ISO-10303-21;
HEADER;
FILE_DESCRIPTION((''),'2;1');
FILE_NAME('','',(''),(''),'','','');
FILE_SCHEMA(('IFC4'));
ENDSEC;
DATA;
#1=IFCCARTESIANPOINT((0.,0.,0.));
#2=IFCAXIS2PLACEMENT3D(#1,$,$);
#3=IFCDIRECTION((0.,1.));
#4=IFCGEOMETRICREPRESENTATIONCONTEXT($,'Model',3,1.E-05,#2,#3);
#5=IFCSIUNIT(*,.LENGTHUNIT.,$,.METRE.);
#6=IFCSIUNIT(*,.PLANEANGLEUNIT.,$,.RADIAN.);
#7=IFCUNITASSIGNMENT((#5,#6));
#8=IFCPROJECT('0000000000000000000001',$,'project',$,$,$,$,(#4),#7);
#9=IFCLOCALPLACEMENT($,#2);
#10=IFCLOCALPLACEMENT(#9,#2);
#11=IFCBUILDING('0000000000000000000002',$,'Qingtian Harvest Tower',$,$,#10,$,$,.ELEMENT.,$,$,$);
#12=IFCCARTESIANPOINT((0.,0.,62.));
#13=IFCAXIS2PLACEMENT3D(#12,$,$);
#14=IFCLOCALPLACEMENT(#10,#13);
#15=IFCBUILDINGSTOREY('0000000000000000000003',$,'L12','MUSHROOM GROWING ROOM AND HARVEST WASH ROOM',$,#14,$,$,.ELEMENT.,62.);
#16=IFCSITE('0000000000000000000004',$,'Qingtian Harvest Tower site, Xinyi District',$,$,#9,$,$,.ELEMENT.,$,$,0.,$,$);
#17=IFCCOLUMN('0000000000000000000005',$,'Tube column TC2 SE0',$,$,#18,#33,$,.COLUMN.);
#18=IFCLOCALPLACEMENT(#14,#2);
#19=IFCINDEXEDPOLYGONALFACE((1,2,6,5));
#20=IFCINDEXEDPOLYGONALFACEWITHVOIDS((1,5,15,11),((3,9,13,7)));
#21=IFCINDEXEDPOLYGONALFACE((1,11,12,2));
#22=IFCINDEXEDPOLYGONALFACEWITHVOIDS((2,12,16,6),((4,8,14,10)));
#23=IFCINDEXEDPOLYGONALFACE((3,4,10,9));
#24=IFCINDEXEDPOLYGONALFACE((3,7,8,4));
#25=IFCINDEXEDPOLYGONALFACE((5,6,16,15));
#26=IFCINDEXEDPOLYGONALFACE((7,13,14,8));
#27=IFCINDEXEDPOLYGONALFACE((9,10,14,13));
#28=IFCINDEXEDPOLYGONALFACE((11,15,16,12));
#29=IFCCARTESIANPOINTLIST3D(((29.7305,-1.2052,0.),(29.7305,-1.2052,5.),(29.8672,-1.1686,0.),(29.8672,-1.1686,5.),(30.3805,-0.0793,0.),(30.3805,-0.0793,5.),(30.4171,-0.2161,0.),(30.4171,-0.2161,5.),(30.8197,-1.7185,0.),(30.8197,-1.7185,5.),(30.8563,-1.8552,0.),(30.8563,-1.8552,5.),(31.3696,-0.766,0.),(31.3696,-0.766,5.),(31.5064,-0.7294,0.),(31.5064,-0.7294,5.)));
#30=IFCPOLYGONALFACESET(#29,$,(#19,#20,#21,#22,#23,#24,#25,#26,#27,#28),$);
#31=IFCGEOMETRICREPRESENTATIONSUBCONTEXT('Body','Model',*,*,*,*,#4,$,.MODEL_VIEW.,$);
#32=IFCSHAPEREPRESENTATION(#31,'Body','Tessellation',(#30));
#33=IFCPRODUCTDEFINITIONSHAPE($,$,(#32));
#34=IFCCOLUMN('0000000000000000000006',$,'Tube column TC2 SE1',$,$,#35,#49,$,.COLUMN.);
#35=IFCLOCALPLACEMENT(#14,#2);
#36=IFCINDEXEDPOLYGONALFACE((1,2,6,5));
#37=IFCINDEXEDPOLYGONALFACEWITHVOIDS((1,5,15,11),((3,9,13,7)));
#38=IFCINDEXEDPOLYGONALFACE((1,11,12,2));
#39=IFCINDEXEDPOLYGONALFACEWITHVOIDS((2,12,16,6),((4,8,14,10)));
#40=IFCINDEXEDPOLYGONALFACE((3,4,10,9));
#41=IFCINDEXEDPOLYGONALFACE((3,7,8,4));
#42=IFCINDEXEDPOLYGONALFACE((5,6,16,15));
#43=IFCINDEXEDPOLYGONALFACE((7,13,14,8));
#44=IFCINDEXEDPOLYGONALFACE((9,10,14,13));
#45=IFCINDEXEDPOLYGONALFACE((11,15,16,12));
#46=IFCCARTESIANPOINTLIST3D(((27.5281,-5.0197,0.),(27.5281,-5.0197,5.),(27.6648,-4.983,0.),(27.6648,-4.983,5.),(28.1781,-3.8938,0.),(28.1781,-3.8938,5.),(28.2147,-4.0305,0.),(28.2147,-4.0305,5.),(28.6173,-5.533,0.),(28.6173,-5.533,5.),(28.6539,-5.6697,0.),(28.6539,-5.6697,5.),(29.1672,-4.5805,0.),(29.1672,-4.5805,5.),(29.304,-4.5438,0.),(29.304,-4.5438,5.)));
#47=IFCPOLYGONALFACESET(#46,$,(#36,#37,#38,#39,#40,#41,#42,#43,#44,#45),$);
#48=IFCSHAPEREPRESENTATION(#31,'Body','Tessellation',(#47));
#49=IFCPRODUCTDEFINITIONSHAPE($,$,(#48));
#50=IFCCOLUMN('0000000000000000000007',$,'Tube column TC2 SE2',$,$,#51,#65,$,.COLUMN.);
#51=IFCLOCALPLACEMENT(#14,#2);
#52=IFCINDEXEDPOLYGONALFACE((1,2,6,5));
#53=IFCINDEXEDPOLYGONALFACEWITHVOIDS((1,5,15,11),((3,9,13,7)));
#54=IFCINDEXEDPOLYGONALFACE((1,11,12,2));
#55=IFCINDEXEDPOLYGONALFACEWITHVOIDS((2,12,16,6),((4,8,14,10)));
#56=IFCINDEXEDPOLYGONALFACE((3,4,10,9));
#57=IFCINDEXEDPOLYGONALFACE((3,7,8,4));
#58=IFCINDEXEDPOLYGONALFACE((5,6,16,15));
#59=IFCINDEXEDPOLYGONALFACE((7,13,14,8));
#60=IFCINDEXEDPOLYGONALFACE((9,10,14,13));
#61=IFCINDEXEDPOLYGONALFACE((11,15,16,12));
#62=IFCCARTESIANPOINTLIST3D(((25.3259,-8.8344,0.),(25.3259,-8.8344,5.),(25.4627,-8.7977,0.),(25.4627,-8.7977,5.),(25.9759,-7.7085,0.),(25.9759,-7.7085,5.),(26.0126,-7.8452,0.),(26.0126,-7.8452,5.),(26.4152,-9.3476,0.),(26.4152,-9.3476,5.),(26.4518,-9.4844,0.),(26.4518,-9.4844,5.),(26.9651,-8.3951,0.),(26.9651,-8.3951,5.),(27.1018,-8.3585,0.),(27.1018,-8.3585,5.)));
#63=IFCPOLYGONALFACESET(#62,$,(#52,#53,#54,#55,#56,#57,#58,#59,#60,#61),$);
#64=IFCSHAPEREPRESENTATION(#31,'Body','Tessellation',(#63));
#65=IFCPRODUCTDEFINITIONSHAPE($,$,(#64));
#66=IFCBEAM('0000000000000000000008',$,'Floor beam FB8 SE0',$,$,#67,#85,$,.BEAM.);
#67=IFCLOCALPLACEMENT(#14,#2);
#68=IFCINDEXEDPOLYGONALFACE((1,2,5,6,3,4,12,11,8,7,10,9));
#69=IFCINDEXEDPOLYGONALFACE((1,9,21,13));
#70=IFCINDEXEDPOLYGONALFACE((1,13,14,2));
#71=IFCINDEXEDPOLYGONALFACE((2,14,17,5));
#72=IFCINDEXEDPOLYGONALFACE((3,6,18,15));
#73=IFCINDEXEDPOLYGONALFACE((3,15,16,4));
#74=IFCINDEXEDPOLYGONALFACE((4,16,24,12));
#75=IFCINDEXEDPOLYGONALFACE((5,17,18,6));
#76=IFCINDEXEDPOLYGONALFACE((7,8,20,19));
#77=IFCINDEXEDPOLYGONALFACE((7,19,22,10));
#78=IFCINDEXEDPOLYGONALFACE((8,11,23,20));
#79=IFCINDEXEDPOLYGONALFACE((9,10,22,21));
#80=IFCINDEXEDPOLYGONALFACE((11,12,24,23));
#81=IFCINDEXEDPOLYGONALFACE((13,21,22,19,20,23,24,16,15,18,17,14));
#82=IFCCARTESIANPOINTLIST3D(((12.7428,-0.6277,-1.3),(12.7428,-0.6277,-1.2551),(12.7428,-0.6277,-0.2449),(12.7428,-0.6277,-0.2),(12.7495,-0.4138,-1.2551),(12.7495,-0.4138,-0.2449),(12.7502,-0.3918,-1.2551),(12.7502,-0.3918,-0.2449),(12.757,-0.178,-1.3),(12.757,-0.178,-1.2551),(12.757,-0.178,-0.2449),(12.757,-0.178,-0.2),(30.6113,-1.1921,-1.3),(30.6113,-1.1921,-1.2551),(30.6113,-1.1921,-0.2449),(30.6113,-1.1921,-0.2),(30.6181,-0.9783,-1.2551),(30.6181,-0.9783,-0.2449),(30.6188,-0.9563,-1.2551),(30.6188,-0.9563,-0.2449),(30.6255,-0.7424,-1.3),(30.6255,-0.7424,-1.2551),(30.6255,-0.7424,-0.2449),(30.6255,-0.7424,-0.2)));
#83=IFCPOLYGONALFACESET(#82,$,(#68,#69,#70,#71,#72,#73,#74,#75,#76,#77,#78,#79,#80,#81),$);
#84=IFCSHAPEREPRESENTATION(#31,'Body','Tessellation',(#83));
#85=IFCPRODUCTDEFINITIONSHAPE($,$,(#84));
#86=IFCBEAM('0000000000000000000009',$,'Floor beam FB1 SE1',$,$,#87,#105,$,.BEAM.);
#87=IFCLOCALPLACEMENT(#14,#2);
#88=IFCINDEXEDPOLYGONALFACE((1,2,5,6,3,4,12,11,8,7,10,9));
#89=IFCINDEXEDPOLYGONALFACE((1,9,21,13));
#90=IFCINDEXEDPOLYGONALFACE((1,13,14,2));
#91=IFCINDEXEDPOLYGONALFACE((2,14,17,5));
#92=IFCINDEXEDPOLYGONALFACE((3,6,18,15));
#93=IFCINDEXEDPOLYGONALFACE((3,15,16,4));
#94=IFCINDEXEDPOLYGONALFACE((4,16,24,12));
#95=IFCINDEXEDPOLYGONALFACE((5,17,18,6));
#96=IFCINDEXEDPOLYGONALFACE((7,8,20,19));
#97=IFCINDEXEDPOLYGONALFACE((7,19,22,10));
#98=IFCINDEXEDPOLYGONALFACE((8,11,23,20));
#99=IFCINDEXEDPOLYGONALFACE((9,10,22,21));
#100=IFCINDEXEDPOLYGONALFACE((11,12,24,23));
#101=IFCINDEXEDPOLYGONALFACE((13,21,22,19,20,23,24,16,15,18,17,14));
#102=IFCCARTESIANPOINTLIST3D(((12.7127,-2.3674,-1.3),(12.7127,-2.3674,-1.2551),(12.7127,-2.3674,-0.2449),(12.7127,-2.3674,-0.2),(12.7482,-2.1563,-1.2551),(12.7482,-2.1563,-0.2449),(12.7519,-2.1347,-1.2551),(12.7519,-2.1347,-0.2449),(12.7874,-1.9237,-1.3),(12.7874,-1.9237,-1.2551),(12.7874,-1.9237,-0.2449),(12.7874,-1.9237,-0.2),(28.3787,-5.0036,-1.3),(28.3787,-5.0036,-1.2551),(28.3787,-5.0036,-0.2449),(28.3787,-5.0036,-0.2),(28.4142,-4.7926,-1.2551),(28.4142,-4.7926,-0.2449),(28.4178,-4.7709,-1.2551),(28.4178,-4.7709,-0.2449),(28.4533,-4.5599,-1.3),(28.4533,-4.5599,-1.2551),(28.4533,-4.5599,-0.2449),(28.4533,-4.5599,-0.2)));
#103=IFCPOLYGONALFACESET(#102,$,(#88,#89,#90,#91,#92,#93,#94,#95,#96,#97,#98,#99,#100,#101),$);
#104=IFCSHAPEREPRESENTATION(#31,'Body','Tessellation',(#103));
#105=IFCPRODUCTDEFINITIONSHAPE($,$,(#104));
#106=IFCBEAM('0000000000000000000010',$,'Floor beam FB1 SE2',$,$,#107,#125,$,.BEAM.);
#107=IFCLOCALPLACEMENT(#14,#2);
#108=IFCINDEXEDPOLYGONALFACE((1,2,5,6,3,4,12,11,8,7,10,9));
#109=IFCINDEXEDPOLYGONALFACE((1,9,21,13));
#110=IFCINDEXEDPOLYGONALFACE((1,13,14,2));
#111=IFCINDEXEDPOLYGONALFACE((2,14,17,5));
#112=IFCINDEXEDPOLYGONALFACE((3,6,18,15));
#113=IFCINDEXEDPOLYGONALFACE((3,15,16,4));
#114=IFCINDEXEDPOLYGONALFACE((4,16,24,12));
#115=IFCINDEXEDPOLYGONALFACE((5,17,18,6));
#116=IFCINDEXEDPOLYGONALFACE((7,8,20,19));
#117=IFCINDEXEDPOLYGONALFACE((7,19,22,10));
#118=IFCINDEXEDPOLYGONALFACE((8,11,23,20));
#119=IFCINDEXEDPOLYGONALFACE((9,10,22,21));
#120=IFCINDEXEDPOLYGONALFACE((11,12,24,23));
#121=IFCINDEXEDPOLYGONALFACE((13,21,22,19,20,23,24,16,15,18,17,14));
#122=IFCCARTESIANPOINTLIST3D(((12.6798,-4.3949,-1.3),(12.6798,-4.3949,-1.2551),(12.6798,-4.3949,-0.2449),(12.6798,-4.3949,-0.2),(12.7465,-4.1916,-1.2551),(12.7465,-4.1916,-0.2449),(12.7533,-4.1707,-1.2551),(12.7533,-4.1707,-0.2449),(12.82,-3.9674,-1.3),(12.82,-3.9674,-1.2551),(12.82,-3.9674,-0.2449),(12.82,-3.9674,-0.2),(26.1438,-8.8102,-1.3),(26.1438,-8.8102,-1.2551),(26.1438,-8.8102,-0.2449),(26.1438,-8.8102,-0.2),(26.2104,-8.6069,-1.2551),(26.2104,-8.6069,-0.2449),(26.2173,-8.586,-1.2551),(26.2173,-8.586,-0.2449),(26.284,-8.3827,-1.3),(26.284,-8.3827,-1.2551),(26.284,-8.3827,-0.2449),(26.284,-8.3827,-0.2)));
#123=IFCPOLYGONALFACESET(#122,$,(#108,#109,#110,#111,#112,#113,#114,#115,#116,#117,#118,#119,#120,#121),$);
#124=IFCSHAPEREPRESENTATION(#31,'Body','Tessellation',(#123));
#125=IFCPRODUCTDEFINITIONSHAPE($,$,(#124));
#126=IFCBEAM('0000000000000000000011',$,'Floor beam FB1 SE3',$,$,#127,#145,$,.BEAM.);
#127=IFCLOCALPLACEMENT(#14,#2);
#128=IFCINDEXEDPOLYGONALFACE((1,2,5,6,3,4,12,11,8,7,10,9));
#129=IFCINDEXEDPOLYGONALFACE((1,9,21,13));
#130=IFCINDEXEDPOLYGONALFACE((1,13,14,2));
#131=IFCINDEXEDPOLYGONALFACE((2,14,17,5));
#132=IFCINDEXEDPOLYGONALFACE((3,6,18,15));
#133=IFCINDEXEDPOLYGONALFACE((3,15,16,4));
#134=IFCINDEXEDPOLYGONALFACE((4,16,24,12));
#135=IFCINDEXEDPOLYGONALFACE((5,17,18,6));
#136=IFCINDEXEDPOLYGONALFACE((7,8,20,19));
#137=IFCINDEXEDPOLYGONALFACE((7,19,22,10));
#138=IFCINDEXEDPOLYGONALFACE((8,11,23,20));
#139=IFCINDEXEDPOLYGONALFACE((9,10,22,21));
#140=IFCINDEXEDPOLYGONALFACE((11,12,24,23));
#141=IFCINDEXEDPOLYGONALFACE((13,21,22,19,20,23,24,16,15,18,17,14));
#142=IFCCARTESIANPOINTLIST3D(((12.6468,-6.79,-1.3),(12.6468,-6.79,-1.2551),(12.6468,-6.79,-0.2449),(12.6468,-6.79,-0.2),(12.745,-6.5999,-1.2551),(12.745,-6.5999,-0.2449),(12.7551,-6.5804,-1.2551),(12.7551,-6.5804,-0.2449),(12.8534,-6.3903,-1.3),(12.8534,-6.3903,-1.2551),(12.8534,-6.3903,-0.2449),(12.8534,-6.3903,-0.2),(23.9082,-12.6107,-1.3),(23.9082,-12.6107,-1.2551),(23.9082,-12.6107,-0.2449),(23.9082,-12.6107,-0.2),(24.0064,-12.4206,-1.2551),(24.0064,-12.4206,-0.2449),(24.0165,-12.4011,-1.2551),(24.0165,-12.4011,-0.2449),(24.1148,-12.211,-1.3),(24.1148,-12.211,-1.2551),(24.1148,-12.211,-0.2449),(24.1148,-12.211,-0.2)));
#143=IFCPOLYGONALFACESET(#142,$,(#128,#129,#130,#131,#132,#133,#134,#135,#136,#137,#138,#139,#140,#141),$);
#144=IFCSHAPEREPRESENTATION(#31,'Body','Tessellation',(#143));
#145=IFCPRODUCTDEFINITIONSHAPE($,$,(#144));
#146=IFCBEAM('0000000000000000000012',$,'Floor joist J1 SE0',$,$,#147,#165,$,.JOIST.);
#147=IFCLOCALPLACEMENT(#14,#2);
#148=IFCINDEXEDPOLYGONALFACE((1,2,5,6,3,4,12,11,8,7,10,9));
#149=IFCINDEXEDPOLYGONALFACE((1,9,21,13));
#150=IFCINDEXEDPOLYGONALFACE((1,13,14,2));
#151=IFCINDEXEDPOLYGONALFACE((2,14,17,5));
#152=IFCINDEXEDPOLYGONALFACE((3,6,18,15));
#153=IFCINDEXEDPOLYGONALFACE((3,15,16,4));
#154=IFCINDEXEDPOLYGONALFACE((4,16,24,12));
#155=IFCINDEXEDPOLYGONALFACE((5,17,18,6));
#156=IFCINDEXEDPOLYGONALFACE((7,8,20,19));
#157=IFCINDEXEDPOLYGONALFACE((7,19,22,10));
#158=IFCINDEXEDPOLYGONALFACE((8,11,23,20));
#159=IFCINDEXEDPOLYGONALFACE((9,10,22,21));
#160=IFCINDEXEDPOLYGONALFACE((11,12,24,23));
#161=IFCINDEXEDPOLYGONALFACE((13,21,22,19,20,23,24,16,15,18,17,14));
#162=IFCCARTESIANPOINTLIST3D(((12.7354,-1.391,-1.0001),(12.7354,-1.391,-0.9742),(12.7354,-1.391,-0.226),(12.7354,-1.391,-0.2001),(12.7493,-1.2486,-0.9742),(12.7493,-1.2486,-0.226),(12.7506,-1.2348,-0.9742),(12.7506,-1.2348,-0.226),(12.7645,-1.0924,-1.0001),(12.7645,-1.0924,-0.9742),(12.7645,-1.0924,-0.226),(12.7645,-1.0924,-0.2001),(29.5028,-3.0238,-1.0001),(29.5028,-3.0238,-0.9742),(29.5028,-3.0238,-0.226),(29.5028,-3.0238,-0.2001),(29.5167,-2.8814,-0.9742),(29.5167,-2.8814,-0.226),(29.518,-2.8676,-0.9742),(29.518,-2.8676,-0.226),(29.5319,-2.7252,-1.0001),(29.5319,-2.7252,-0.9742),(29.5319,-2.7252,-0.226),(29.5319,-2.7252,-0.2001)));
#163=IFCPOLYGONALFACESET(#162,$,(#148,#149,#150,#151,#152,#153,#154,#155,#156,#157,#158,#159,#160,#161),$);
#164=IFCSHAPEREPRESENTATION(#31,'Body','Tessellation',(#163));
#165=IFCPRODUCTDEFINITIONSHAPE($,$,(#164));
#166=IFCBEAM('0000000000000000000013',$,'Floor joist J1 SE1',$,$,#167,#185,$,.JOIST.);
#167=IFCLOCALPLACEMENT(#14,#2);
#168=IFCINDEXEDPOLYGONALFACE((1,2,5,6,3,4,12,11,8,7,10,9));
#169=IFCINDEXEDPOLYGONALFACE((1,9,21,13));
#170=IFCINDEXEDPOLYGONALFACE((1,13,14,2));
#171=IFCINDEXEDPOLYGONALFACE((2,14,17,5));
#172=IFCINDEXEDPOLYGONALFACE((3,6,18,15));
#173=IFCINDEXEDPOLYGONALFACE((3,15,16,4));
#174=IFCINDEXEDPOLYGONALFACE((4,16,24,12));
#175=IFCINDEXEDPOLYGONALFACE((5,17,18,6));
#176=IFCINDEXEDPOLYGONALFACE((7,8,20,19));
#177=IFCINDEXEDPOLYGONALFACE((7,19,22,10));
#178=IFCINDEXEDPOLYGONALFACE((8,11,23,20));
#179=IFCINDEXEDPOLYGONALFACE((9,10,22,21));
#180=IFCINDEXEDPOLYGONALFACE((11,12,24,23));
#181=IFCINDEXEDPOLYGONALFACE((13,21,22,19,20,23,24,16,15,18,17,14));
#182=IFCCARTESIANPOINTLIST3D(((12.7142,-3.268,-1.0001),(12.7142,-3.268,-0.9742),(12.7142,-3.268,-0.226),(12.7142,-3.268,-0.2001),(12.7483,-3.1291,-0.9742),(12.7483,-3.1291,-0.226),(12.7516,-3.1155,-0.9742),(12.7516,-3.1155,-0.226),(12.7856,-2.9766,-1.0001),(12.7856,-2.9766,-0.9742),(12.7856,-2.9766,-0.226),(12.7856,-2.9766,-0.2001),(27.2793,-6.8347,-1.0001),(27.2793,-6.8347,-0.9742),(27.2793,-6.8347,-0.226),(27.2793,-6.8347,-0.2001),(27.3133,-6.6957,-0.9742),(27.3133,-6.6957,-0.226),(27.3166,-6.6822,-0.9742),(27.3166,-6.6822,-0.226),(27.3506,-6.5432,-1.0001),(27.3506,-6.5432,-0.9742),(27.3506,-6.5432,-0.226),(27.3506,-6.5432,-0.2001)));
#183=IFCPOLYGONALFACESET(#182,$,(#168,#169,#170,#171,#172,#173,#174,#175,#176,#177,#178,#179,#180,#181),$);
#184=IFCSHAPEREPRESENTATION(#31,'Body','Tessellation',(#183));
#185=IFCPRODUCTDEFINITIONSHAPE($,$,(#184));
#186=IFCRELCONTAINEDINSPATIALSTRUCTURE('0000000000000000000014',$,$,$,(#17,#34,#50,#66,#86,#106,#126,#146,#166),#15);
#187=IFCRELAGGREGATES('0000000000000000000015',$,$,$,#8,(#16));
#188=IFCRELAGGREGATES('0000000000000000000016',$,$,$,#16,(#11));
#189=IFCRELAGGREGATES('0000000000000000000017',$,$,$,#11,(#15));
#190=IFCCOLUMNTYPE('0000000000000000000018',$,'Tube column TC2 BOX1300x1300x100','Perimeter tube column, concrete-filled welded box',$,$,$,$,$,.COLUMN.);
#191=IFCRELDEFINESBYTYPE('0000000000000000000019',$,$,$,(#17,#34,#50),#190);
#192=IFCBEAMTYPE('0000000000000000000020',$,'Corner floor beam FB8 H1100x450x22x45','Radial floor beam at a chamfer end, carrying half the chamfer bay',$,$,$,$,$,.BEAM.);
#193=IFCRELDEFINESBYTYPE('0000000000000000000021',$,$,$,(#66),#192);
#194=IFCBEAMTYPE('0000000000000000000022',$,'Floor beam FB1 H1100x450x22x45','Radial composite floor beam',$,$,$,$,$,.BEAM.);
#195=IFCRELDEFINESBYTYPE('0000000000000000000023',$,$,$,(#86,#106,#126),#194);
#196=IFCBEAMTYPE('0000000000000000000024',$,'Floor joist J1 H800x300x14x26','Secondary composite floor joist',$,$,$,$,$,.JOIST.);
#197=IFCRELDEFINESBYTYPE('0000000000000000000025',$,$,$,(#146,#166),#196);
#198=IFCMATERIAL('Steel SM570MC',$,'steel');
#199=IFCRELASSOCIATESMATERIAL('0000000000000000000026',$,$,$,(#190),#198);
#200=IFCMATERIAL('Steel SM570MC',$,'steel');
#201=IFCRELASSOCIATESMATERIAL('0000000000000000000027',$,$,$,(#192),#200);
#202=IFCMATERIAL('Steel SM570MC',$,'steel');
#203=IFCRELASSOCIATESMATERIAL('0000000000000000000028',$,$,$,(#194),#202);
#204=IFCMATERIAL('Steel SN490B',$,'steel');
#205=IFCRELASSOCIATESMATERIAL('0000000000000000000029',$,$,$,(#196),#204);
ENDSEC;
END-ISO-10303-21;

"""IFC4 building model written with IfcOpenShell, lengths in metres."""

from ifc_helpers import new_model, si_unit, direction, frame, origin, origin_2d, place, context, subcontext, project, spatial, hollow_rectangle, i_section, extrude, material, material_profile, profile_set, type_object, element, save


model = new_model("IFC4")

# Units and contexts
model_context = context("Model", 3, precision=1e-05, world=origin(), true_north=direction((0.0, 1.0)))
body_context = subcontext(model_context, "Body", "Model", "MODEL_VIEW")
ifc_project = project(units=[si_unit("LENGTHUNIT", "METRE"), si_unit("PLANEANGLEUNIT", "RADIAN")], contexts=[model_context])

# Site, building, storey
site_placement = place(None, origin())
site = spatial("IfcSite", under=ifc_project, at=site_placement, Name="Qingtian Harvest Tower site, Xinyi District", CompositionType="ELEMENT", RefElevation=0.0)
building_placement = place(site_placement, origin())
building = spatial("IfcBuilding", under=site, at=building_placement, Name="Qingtian Harvest Tower", CompositionType="ELEMENT")
storey_placement = place(building_placement, frame((0.0, 0.0, 62.0)))
storey = spatial("IfcBuildingStorey", under=building, at=storey_placement, Name="L12", Description="MUSHROOM GROWING ROOM AND HARVEST WASH ROOM", CompositionType="ELEMENT", Elevation=62.0)

# Columns
ifc_material_1 = material(Name="Steel SM570MC", Category="steel")
ifc_material_profile_1 = material_profile(ifc_material_1, hollow_rectangle(XDim=1.3, YDim=1.3, WallThickness=0.1001, at=origin_2d()), Name="BOX1300x1300x100")
ifc_profile_set_1 = profile_set([ifc_material_profile_1], Name="Steel SM570MC")
column_type = type_object("IfcColumnType", Name="Tube column TC2 BOX1300x1300x100", Description="Perimeter tube column, concrete-filled welded box", PredefinedType="COLUMN", material=ifc_profile_set_1)
for number, where, z_axis, x_axis, name in (
    (1, (30.6184, -0.9673, 0.0), (0.0, 0.0, 1.0), (0.5, 0.866025, 0.0), "Tube column TC2 SE0"),
    (2, (28.416, -4.7817, 0.0), (0.0, 0.0, 1.0), (0.5, 0.866025, 0.0), "Tube column TC2 SE1"),
    (3, (26.2139, -8.5964, 0.0), (0.0, 0.0, 1.0), (0.5, 0.866025, 0.0), "Tube column TC2 SE2"),
):
    element("IfcColumn", number, at=place(storey_placement, frame(where, z_axis=z_axis, x_axis=x_axis)), inside=storey, type_object=column_type, Name=name, PredefinedType="COLUMN", context=body_context, shape_type="SweptSolid", body=[
        extrude(hollow_rectangle(XDim=1.3, YDim=1.3, WallThickness=0.1001, at=origin_2d()), origin(), (0.0, 0.0, 1.0), 5.0),
    ])

# Beams
ifc_material_2 = material(Name="Steel SM570MC", Category="steel")
ifc_material_profile_2 = material_profile(ifc_material_2, i_section(OverallWidth=0.45, OverallDepth=1.1001, WebThickness=0.022, FlangeThickness=0.0449, at=origin_2d()), Name="H1100x450x22x45")
ifc_profile_set_2 = profile_set([ifc_material_profile_2], Name="Steel SM570MC")
beam_type_1 = type_object("IfcBeamType", Name="Corner floor beam FB8 H1100x450x22x45", Description="Radial floor beam at a chamfer end, carrying half the chamfer bay", PredefinedType="BEAM", material=ifc_profile_set_2)
beam_1_placement = place(storey_placement, frame((30.6184, -0.9673, -0.75), z_axis=(-0.999501, 0.031574, 0.0), x_axis=(-0.031574, -0.999501, 0.0)))
element("IfcBeam", 4, at=beam_1_placement, inside=storey, type_object=beam_type_1, Name="Floor beam FB8 SE0", PredefinedType="BEAM", context=body_context, shape_type="SweptSolid", body=[
    extrude(i_section(OverallWidth=0.45, OverallDepth=1.1001, WebThickness=0.022, FlangeThickness=0.0449, at=origin_2d()), origin(), (0.0, 0.0, 1.0), 17.8774),
])
ifc_material_3 = material(Name="Steel SM570MC", Category="steel")
ifc_material_profile_3 = material_profile(ifc_material_3, i_section(OverallWidth=0.45, OverallDepth=1.1001, WebThickness=0.022, FlangeThickness=0.0449, at=origin_2d()), Name="H1100x450x22x45")
ifc_profile_set_3 = profile_set([ifc_material_profile_3], Name="Steel SM570MC")
beam_type_2 = type_object("IfcBeamType", Name="Floor beam FB1 H1100x450x22x45", Description="Radial composite floor beam", PredefinedType="BEAM", material=ifc_profile_set_3)
beam_2_placement = place(storey_placement, frame((28.416, -4.7817, -0.75), z_axis=(-0.986135, 0.165944, 0.0), x_axis=(-0.165944, -0.986135, 0.0)))
element("IfcBeam", 5, at=beam_2_placement, inside=storey, type_object=beam_type_2, Name="Floor beam FB1 SE1", PredefinedType="BEAM", context=body_context, shape_type="SweptSolid", body=[
    extrude(i_section(OverallWidth=0.45, OverallDepth=1.1001, WebThickness=0.022, FlangeThickness=0.0449, at=origin_2d()), origin(), (0.0, 0.0, 1.0), 15.8862),
])
beam_3_placement = place(storey_placement, frame((26.2139, -8.5964, -0.75), z_axis=(-0.950211, 0.311608, 0.0), x_axis=(-0.311608, -0.950211, 0.0)))
element("IfcBeam", 6, at=beam_3_placement, inside=storey, type_object=beam_type_2, Name="Floor beam FB1 SE2", PredefinedType="BEAM", context=body_context, shape_type="SweptSolid", body=[
    extrude(i_section(OverallWidth=0.45, OverallDepth=1.1001, WebThickness=0.022, FlangeThickness=0.0449, at=origin_2d()), origin(), (0.0, 0.0, 1.0), 14.1694),
])
beam_4_placement = place(storey_placement, frame((24.0115, -12.4109, -0.75), z_axis=(-0.88835, 0.459168, 0.0), x_axis=(-0.459168, -0.88835, 0.0)))
element("IfcBeam", 7, at=beam_4_placement, inside=storey, type_object=beam_type_2, Name="Floor beam FB1 SE3", PredefinedType="BEAM", context=body_context, shape_type="SweptSolid", body=[
    extrude(i_section(OverallWidth=0.45, OverallDepth=1.1001, WebThickness=0.022, FlangeThickness=0.0449, at=origin_2d()), origin(), (0.0, 0.0, 1.0), 12.6768),
])
ifc_material_4 = material(Name="Steel SN490B", Category="steel")
ifc_material_profile_4 = material_profile(ifc_material_4, i_section(OverallWidth=0.3, OverallDepth=0.8, WebThickness=0.0139, FlangeThickness=0.0259, at=origin_2d()), Name="H800x300x14x26")
ifc_profile_set_4 = profile_set([ifc_material_profile_4], Name="Steel SN490B")
beam_type_3 = type_object("IfcBeamType", Name="Floor joist J1 H800x300x14x26", Description="Secondary composite floor joist", PredefinedType="JOIST", material=ifc_profile_set_4)
beam_5_placement = place(storey_placement, frame((29.5173, -2.8745, -0.6001), z_axis=(-0.995292, 0.096922, 0.0), x_axis=(-0.096922, -0.995292, 0.0)))
element("IfcBeam", 8, at=beam_5_placement, inside=storey, type_object=beam_type_3, Name="Floor joist J1 SE0", PredefinedType="JOIST", context=body_context, shape_type="SweptSolid", body=[
    extrude(i_section(OverallWidth=0.3, OverallDepth=0.8, WebThickness=0.0139, FlangeThickness=0.0259, at=origin_2d()), origin(), (0.0, 0.0, 1.0), 16.8467),
])
beam_6_placement = place(storey_placement, frame((27.3149, -6.689, -0.6001), z_axis=(-0.971302, 0.237851, 0.0), x_axis=(-0.237851, -0.971302, 0.0)))
element("IfcBeam", 9, at=beam_6_placement, inside=storey, type_object=beam_type_3, Name="Floor joist J1 SE1", PredefinedType="JOIST", context=body_context, shape_type="SweptSolid", body=[
    extrude(i_section(OverallWidth=0.3, OverallDepth=0.8, WebThickness=0.0139, FlangeThickness=0.0259, at=origin_2d()), origin(), (0.0, 0.0, 1.0), 14.9954),
])

save(model, "model.ifc")
